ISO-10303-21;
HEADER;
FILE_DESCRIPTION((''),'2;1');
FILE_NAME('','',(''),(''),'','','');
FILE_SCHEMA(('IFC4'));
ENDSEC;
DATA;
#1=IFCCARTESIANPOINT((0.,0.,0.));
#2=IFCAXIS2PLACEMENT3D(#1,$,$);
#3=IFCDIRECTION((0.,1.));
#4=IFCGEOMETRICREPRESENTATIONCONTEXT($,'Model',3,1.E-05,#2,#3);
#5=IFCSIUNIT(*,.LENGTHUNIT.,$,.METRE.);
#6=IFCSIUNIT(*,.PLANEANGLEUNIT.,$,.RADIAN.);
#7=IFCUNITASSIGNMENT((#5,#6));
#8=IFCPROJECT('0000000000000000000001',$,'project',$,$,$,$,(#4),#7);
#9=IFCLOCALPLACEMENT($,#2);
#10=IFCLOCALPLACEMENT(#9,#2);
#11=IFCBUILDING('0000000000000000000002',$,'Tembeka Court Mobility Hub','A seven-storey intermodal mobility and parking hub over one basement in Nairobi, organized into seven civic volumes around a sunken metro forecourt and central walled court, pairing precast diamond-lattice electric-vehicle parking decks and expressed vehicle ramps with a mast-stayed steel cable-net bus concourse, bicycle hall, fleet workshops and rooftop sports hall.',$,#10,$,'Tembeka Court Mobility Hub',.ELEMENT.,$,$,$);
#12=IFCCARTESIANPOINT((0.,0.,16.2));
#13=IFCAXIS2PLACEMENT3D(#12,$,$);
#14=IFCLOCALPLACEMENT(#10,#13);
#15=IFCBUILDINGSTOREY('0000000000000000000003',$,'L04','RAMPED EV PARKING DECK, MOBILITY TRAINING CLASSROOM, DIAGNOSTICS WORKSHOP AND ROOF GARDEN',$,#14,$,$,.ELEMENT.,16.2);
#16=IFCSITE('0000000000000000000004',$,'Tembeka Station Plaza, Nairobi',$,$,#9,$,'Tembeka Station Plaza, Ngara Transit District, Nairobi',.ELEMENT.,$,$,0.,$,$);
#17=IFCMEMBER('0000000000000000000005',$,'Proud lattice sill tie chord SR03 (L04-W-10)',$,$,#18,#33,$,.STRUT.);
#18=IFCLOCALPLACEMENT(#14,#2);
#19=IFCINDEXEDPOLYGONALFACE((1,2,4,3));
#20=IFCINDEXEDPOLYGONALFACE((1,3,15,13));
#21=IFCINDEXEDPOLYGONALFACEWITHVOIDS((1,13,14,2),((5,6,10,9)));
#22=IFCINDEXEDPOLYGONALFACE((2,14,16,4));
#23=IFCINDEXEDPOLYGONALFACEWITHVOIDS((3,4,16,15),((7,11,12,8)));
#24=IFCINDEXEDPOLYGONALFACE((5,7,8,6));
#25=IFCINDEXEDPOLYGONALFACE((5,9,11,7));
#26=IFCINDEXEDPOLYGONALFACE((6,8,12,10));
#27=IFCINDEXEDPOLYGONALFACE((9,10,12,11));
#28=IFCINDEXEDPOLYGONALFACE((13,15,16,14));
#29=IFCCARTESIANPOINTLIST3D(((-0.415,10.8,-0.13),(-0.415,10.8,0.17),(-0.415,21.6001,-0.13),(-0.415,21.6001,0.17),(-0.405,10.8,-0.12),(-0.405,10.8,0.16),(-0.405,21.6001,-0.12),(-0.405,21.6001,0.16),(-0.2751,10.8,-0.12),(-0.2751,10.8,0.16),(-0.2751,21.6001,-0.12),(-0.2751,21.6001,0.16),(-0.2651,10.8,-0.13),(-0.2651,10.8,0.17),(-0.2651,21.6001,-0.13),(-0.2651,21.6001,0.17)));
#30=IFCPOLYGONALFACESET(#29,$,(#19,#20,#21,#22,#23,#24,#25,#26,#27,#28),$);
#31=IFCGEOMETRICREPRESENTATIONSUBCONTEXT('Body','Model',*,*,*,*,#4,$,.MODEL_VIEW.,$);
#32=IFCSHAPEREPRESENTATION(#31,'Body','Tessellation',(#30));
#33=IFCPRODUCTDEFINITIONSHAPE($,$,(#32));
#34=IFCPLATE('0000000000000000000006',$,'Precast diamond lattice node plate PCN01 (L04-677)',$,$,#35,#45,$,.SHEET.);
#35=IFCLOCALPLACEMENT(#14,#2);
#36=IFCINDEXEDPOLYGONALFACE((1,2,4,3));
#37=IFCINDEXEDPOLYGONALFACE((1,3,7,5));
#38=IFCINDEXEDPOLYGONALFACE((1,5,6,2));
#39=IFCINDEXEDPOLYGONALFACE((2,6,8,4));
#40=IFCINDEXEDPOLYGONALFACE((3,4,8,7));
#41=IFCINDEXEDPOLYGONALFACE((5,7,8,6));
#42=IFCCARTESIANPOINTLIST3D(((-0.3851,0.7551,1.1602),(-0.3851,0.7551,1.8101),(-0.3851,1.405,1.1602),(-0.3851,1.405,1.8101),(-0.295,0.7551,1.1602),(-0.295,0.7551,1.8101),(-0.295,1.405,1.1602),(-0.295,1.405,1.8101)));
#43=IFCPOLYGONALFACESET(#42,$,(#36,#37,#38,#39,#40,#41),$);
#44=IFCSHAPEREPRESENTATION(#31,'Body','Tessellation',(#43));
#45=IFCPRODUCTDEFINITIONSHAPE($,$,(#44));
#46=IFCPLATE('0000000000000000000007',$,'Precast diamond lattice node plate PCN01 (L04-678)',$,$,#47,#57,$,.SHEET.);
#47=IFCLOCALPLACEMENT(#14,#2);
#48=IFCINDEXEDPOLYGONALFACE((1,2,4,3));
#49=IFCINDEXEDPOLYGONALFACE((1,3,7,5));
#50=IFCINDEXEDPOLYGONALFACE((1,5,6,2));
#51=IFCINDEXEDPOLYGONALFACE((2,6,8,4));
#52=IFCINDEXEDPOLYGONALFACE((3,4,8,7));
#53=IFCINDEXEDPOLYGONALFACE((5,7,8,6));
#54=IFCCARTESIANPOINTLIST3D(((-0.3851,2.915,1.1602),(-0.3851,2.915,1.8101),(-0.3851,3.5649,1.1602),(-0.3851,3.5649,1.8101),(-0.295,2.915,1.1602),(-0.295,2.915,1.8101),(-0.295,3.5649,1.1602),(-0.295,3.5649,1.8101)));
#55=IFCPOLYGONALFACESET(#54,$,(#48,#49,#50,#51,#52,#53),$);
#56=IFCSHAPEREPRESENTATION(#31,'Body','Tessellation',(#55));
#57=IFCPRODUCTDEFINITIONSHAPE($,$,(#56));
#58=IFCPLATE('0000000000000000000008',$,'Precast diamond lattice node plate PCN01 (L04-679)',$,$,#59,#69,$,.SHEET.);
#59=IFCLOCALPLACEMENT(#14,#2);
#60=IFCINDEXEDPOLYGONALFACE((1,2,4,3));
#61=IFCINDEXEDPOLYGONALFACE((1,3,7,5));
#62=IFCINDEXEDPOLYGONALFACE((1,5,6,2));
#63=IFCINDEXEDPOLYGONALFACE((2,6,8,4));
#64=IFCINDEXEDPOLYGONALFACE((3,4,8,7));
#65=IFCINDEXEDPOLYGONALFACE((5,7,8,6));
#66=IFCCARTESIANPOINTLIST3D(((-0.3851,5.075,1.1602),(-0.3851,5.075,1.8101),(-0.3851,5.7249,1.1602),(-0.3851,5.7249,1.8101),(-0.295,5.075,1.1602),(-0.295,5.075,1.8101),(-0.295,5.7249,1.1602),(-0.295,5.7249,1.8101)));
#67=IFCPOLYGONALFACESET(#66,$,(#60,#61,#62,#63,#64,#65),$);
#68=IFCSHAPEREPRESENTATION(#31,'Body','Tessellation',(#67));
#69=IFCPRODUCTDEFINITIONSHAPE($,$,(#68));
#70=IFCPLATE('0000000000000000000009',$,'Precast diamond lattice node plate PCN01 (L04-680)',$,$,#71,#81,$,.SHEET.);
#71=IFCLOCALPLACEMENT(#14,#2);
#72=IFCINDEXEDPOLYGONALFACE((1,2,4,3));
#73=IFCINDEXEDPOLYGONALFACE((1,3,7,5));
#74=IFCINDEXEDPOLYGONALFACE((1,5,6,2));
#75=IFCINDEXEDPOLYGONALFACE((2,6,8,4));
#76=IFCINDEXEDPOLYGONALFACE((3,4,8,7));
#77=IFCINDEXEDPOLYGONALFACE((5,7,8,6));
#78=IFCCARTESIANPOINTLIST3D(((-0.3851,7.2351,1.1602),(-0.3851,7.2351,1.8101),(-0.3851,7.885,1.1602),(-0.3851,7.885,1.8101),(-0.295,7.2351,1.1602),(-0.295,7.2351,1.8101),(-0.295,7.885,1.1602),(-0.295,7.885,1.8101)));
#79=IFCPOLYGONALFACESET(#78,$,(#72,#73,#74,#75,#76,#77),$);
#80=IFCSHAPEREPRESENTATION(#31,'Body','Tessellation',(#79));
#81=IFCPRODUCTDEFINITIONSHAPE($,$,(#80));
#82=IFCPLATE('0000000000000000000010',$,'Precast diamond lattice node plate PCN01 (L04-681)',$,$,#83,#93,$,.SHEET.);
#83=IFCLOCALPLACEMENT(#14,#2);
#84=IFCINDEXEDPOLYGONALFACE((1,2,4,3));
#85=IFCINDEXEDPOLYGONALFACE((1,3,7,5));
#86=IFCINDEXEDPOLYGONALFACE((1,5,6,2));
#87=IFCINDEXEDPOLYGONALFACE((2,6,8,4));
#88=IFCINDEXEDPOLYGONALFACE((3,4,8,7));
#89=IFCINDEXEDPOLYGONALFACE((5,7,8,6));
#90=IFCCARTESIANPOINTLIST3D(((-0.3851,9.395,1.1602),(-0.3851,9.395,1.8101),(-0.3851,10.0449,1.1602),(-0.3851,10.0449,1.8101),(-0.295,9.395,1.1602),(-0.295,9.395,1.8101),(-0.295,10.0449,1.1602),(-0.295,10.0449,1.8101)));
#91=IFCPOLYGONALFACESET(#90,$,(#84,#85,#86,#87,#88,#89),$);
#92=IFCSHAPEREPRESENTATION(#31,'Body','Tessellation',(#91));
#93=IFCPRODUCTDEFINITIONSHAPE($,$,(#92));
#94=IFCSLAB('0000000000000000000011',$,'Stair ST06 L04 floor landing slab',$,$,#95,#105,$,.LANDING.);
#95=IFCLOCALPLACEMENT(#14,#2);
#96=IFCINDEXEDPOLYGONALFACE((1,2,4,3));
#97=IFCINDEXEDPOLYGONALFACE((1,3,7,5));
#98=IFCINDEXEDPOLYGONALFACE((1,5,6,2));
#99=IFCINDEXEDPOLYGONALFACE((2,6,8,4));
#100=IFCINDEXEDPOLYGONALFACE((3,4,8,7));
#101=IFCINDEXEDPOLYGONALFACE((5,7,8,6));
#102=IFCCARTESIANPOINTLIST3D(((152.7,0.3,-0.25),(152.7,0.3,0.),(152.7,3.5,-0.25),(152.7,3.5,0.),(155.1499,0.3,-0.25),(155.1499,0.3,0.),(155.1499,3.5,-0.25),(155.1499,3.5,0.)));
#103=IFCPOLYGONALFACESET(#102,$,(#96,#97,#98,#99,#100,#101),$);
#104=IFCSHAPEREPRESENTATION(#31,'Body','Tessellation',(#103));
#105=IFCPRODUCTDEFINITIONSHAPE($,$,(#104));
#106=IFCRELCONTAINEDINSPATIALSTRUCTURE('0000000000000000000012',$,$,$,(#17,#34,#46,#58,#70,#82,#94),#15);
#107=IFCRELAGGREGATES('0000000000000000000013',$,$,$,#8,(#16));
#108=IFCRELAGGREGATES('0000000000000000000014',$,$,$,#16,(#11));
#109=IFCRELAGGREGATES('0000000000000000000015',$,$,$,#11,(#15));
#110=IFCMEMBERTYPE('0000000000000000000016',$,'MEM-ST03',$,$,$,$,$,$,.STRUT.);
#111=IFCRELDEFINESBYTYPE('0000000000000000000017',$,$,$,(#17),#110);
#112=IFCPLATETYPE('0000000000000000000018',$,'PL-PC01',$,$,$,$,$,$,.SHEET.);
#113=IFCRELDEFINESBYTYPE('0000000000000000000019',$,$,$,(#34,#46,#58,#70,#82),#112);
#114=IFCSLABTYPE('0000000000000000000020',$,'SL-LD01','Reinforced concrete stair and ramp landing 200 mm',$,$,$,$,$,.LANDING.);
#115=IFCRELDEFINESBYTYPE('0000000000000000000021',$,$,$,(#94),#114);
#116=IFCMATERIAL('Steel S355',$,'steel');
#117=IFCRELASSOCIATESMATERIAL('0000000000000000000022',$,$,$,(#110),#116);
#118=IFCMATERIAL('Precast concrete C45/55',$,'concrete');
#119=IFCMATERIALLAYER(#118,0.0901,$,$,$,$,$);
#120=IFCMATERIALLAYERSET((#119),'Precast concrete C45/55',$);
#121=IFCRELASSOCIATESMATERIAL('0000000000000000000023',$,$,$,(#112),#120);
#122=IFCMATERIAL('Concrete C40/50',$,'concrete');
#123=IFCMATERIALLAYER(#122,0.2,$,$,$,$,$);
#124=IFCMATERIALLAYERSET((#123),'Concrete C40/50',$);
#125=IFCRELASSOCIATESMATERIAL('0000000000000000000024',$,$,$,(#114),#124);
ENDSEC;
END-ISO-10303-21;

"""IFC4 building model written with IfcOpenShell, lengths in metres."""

from ifc_helpers import new_model, si_unit, direction, frame, origin, origin_2d, place, context, subcontext, project, spatial, polyline, rectangle, hollow_rectangle, outline, extrude, material, layer, layer_set, material_profile, profile_set, type_object, element, save


model = new_model("IFC4")

# Units and contexts
model_context = context("Model", 3, precision=1e-05, world=origin(), true_north=direction((0.0, 1.0)))
body_context = subcontext(model_context, "Body", "Model", "MODEL_VIEW")
ifc_project = project(units=[si_unit("LENGTHUNIT", "METRE"), si_unit("PLANEANGLEUNIT", "RADIAN")], contexts=[model_context])

# Site, building, storey
site_placement = place(None, origin())
site = spatial("IfcSite", under=ifc_project, at=site_placement, Name="Tembeka Station Plaza, Nairobi", LongName="Tembeka Station Plaza, Ngara Transit District, Nairobi", CompositionType="ELEMENT", RefElevation=0.0)
building_placement = place(site_placement, origin())
building = spatial("IfcBuilding", under=site, at=building_placement, Name="Tembeka Court Mobility Hub", Description="A seven-storey intermodal mobility and parking hub over one basement in Nairobi, organized into seven civic volumes around a sunken metro forecourt and central walled court, pairing precast diamond-lattice electric-vehicle parking decks and expressed vehicle ramps with a mast-stayed steel cable-net bus concourse, bicycle hall, fleet workshops and rooftop sports hall.", LongName="Tembeka Court Mobility Hub", CompositionType="ELEMENT")
storey_placement = place(building_placement, frame((0.0, 0.0, 16.2)))
storey = spatial("IfcBuildingStorey", under=building, at=storey_placement, Name="L04", Description="RAMPED EV PARKING DECK, MOBILITY TRAINING CLASSROOM, DIAGNOSTICS WORKSHOP AND ROOF GARDEN", CompositionType="ELEMENT", Elevation=16.2)

# Shared definitions
ifc_material_1 = material(Name="Steel S355", Category="steel")

# Shared definitions
ifc_material_2 = material(Name="Precast concrete C45/55", Category="concrete")

# Member
ifc_material_profile_1 = material_profile(ifc_material_1, hollow_rectangle(XDim=0.1499, YDim=0.3, WallThickness=0.01, at=origin_2d()), Name="RHS 300x150x10")
ifc_profile_set_1 = profile_set([ifc_material_profile_1], Name="Steel S355")
member_type_1 = type_object("IfcMemberType", Name="MEM-ST03", PredefinedType="STRUT", material=ifc_profile_set_1)
member_1_placement = place(storey_placement, frame((-0.3401, 10.8, 0.02), z_axis=(0.0, 1.0, 0.0), x_axis=(-1.0, 0.0, 0.0)))
element("IfcMember", 1, at=member_1_placement, inside=storey, type_object=member_type_1, Name="Proud lattice sill tie chord SR03 (L04-W-10)", PredefinedType="STRUT", context=body_context, shape_type="SweptSolid", body=[
    extrude(hollow_rectangle(XDim=0.1499, YDim=0.3, WallThickness=0.01, at=origin_2d()), origin(), (0.0, 0.0, 1.0), 10.8),
])

# Plates
ifc_layer_1 = layer(ifc_material_2, 0.0901)
ifc_layer_set_1 = layer_set([ifc_layer_1], Name="Precast concrete C45/55")
plate_type = type_object("IfcPlateType", Name="PL-PC01", PredefinedType="SHEET", material=ifc_layer_set_1)
for number, where, z_axis, x_axis, name in (
    (2, (-0.3401, 1.0801, 1.1602), (0.0, 0.0, 1.0), (1.0, 0.0, 0.0), "Precast diamond lattice node plate PCN01 (L04-677)"),
    (3, (-0.3401, 3.24, 1.1602), (0.0, 0.0, 1.0), (1.0, 0.0, 0.0), "Precast diamond lattice node plate PCN01 (L04-678)"),
    (4, (-0.3401, 5.3999, 1.1602), (0.0, 0.0, 1.0), (1.0, 0.0, 0.0), "Precast diamond lattice node plate PCN01 (L04-679)"),
    (5, (-0.3401, 7.5601, 1.1602), (0.0, 0.0, 1.0), (1.0, 0.0, 0.0), "Precast diamond lattice node plate PCN01 (L04-680)"),
    (6, (-0.3401, 9.72, 1.1602), (0.0, 0.0, 1.0), (1.0, 0.0, 0.0), "Precast diamond lattice node plate PCN01 (L04-681)"),
):
    element("IfcPlate", number, at=place(storey_placement, frame(where, z_axis=z_axis, x_axis=x_axis)), inside=storey, type_object=plate_type, Name=name, PredefinedType="SHEET", context=body_context, shape_type="SweptSolid", body=[
        extrude(rectangle(XDim=0.0901, YDim=0.6499, at=origin_2d()), origin(), (0.0, 0.0, 1.0), 0.6499),
    ])

# Slab
ifc_material_3 = material(Name="Concrete C40/50", Category="concrete")
ifc_layer_2 = layer(ifc_material_3, 0.2)
ifc_layer_set_2 = layer_set([ifc_layer_2], Name="Concrete C40/50")
slab_type = type_object("IfcSlabType", Name="SL-LD01", Description="Reinforced concrete stair and ramp landing 200 mm", PredefinedType="LANDING", material=ifc_layer_set_2)
slab_placement = place(storey_placement, frame((0.0, 0.0, -0.25)))
element("IfcSlab", 7, at=slab_placement, inside=storey, type_object=slab_type, Name="Stair ST06 L04 floor landing slab", PredefinedType="LANDING", context=body_context, shape_type="SweptSolid", body=[
    extrude(outline(polyline([(152.7, 0.3), (155.1499, 0.3), (155.1499, 3.5), (152.7, 3.5), (152.7, 0.3)])), origin(), (0.0, 0.0, 1.0), 0.25),
])

save(model, "model.ifc")
